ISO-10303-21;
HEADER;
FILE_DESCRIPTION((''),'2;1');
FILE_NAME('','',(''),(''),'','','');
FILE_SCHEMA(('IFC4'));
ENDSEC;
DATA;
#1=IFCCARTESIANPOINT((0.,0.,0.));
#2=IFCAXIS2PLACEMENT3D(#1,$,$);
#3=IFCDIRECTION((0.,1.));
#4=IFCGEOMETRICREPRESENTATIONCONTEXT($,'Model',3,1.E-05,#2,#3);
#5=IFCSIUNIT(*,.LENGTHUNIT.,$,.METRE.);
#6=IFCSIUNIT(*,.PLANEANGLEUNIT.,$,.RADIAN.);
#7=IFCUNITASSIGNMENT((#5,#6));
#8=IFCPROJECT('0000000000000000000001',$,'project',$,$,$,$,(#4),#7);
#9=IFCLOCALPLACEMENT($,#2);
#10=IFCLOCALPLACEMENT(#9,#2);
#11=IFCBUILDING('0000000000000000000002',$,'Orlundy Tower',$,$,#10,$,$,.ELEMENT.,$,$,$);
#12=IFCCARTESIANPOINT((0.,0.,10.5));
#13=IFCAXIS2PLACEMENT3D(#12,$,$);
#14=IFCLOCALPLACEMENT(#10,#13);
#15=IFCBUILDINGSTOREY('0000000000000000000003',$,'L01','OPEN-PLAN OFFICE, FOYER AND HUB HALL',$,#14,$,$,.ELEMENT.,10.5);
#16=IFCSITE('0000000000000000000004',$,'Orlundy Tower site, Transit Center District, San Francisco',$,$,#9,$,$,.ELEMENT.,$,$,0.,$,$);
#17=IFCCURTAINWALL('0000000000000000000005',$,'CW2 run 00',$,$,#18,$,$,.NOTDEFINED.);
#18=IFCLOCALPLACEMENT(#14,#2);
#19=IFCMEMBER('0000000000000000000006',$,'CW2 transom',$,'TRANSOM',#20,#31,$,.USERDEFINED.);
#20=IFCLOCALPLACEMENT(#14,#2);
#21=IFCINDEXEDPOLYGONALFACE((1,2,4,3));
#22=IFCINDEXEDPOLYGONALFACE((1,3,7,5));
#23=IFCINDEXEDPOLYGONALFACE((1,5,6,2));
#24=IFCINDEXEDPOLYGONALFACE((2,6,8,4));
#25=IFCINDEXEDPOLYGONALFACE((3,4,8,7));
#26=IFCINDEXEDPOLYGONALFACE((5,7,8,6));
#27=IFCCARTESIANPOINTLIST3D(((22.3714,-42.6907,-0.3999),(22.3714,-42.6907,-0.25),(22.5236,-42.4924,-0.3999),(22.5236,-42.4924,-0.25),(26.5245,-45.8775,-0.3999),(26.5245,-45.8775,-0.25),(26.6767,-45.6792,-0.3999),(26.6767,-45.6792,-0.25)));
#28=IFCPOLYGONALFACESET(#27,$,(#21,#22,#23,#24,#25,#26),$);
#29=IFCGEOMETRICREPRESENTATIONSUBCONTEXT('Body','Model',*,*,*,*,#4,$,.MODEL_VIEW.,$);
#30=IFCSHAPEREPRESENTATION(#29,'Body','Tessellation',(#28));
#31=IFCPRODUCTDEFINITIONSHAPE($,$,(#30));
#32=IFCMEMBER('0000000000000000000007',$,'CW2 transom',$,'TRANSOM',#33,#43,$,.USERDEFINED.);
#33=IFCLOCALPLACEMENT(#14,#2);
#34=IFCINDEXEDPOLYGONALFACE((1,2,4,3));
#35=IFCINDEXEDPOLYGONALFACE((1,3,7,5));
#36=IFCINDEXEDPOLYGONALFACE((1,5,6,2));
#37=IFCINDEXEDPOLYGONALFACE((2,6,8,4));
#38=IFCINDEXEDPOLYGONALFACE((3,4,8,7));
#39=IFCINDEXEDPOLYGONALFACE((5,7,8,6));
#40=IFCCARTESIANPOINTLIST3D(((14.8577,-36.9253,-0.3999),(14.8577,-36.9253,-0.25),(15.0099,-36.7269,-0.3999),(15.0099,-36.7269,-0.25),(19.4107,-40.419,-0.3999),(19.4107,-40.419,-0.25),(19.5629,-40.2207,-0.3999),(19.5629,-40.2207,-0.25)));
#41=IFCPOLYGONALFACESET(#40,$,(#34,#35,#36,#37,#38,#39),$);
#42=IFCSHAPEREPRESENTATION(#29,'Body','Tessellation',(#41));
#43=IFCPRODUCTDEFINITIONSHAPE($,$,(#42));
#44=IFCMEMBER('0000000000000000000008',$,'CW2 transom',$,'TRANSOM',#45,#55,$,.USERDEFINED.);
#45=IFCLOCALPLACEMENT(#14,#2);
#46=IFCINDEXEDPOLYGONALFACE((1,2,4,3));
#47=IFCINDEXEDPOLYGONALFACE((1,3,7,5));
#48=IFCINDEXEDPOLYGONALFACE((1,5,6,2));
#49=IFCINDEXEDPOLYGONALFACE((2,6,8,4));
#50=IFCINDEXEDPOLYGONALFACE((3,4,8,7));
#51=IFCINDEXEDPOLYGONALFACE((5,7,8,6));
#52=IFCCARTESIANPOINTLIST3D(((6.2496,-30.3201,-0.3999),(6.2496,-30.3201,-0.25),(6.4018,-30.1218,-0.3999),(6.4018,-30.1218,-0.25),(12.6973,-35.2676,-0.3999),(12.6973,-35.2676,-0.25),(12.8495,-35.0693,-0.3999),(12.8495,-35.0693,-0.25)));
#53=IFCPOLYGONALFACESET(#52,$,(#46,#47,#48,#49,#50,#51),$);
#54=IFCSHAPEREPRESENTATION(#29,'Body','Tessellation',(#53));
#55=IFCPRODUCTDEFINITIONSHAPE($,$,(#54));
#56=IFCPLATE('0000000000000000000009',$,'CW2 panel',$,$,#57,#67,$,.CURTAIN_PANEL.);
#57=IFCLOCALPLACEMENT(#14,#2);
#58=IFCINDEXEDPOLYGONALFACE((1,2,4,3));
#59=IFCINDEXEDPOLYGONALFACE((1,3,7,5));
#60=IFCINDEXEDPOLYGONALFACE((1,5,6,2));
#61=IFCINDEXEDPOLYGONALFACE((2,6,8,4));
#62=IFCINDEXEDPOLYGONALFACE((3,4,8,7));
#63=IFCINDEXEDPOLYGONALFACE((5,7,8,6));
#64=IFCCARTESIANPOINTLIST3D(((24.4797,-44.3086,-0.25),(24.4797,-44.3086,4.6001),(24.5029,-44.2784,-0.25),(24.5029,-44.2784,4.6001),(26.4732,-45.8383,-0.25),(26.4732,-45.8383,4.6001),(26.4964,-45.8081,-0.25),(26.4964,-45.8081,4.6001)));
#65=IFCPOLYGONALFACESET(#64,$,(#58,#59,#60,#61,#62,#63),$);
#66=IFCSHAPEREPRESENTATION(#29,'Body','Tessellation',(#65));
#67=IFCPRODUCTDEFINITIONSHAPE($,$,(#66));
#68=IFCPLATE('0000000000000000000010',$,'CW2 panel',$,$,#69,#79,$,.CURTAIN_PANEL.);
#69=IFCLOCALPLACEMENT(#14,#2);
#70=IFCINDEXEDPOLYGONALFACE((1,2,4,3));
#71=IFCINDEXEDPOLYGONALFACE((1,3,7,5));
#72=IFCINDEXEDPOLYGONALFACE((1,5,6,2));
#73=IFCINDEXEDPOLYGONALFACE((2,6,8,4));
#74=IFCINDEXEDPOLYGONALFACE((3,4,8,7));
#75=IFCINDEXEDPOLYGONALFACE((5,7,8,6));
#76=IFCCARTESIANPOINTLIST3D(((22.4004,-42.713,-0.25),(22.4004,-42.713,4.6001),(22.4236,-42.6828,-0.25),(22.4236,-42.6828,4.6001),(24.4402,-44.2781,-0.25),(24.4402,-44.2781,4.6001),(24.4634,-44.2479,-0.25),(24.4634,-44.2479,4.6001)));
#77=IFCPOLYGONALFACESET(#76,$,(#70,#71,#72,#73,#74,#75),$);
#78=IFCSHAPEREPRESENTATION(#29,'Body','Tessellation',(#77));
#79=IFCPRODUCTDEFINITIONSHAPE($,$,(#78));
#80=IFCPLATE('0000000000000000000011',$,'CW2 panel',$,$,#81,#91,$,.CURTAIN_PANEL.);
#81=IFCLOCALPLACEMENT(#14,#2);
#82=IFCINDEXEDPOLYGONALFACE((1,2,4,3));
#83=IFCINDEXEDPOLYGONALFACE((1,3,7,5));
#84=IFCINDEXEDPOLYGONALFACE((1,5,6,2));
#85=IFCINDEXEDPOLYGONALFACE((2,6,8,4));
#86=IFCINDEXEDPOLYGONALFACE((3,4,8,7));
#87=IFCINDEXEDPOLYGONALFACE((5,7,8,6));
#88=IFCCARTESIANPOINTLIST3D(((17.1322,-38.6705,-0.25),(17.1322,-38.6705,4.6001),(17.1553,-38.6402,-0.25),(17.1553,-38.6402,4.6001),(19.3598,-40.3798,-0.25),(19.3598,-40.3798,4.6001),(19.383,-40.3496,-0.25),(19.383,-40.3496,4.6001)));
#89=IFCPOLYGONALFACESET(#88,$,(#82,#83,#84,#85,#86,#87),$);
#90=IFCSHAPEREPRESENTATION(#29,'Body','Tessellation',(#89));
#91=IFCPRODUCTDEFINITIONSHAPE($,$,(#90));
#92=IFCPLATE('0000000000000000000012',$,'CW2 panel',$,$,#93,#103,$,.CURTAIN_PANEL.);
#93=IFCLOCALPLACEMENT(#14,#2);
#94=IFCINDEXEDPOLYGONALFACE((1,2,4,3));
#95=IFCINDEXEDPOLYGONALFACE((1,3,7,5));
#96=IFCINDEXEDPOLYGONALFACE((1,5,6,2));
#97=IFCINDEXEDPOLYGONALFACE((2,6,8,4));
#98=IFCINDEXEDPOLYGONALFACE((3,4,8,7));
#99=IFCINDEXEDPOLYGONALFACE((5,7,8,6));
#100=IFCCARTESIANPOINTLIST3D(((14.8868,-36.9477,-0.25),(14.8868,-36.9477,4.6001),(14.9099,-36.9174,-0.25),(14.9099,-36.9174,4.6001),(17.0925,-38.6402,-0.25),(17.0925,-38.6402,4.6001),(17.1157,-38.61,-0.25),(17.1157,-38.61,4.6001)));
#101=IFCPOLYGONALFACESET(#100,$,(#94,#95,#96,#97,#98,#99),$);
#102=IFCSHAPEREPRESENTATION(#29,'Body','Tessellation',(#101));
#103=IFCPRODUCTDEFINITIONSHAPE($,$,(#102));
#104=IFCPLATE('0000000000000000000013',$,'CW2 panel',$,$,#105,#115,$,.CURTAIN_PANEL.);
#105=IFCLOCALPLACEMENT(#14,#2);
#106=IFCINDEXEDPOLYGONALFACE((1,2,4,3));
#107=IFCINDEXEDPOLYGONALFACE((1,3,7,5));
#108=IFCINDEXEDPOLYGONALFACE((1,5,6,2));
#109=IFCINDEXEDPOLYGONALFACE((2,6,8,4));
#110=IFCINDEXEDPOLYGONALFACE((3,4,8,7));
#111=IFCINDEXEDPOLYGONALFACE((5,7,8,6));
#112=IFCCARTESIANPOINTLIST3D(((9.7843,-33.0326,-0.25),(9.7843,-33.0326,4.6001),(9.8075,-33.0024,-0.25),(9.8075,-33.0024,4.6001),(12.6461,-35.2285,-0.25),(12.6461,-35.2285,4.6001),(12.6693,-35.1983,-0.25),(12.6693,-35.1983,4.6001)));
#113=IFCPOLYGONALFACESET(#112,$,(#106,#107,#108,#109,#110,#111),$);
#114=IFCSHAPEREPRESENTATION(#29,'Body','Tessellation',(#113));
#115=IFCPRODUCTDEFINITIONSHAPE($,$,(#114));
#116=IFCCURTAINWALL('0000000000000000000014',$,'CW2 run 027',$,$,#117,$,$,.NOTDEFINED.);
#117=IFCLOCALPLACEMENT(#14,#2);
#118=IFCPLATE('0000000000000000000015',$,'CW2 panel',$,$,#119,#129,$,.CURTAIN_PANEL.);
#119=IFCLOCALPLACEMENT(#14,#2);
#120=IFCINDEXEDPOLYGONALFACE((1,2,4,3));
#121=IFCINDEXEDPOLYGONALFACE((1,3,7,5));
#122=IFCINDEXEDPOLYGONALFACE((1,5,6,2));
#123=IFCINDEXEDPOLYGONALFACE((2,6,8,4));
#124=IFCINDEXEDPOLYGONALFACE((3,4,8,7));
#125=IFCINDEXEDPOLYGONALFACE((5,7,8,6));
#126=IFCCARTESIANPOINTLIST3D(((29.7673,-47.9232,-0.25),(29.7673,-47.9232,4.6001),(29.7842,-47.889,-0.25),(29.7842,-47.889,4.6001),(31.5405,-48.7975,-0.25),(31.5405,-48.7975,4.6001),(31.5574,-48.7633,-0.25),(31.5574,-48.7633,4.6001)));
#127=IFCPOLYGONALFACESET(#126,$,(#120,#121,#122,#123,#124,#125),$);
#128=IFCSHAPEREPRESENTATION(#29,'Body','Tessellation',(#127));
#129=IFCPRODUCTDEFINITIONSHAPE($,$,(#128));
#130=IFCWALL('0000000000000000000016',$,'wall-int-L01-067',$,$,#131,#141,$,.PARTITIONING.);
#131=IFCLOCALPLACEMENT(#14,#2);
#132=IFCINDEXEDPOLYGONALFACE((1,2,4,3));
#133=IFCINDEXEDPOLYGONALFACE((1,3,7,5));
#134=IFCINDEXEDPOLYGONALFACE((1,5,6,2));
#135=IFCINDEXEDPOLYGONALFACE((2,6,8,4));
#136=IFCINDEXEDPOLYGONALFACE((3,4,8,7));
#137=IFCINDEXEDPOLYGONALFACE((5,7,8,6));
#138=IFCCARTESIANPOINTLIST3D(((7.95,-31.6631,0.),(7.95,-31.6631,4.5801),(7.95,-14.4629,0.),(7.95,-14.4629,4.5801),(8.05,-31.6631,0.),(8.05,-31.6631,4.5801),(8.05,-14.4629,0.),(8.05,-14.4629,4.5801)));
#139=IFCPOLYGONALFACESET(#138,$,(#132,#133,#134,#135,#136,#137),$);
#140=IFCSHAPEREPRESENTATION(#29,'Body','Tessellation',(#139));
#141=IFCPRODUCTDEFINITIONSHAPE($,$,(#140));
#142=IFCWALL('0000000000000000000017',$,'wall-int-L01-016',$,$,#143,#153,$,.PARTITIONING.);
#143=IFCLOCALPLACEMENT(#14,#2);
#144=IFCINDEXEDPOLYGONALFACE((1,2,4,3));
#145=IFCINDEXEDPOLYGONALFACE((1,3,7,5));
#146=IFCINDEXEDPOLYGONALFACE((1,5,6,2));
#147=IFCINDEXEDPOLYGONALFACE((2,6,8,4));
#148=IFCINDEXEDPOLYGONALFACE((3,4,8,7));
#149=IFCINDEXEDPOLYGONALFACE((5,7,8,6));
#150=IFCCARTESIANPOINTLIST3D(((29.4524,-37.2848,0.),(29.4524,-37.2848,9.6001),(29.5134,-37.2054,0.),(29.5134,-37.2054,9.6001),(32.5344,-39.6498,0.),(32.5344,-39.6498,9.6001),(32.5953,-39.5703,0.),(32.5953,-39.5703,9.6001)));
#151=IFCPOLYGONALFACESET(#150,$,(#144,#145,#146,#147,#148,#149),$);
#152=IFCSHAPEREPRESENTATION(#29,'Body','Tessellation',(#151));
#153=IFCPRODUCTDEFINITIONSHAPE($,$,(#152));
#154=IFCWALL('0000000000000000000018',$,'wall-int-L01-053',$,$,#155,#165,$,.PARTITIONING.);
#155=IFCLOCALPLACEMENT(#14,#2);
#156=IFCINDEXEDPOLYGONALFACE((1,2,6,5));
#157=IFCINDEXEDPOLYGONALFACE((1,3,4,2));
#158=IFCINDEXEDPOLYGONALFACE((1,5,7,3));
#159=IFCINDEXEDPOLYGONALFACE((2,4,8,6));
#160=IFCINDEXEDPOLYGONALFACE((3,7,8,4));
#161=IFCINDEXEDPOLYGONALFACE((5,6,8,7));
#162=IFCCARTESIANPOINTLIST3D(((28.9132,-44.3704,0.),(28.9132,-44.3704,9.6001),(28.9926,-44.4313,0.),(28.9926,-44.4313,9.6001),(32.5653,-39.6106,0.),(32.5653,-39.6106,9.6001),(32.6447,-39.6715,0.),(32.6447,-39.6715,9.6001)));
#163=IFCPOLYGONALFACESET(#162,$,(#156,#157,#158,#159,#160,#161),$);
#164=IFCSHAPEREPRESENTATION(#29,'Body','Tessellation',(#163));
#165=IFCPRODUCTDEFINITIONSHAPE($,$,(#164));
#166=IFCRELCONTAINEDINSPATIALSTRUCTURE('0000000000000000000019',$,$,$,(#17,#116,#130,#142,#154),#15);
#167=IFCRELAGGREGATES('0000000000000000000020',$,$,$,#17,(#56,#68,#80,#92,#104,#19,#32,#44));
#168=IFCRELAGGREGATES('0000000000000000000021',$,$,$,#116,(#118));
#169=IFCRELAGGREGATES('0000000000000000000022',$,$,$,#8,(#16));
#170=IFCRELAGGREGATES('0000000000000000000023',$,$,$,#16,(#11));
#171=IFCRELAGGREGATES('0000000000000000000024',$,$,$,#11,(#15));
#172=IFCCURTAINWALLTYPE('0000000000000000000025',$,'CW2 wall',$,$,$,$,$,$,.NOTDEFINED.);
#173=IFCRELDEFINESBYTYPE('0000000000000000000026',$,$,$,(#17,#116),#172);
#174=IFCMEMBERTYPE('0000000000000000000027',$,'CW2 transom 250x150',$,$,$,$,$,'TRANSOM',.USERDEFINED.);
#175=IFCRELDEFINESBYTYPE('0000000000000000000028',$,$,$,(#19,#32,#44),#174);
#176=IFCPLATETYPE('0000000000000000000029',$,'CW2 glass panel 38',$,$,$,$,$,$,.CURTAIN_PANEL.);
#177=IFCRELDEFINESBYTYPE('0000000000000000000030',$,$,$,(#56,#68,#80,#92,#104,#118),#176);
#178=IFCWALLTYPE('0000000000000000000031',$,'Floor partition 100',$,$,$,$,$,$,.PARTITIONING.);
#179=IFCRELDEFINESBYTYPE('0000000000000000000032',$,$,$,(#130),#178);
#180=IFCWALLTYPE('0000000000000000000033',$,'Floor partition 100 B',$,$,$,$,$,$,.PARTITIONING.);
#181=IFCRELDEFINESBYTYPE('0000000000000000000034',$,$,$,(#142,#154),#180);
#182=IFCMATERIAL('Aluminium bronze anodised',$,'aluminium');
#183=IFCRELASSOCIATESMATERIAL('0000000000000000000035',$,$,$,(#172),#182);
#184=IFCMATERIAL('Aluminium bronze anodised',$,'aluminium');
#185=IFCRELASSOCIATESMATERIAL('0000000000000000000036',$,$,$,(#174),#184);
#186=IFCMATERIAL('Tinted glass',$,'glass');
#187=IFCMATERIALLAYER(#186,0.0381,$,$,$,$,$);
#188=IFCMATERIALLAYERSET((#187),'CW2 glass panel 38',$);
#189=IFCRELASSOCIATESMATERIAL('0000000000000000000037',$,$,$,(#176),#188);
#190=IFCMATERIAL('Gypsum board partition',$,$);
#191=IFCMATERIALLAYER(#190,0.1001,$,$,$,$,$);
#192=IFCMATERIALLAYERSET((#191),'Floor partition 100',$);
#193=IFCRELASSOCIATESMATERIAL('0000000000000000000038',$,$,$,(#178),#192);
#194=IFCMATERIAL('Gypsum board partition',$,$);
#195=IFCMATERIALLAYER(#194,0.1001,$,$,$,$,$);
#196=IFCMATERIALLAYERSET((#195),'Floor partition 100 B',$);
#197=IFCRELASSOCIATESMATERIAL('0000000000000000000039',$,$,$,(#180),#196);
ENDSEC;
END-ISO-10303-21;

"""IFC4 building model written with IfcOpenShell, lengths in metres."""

from ifc_helpers import new_model, si_unit, direction, frame, frame_2d, origin, origin_2d, place, context, subcontext, project, spatial, rectangle, extrude, material, layer, layer_set, material_profile, profile_set, type_object, element, aggregate, save


model = new_model("IFC4")

# Units and contexts
model_context = context("Model", 3, precision=1e-05, world=origin(), true_north=direction((0.0, 1.0)))
body_context = subcontext(model_context, "Body", "Model", "MODEL_VIEW")
ifc_project = project(units=[si_unit("LENGTHUNIT", "METRE"), si_unit("PLANEANGLEUNIT", "RADIAN")], contexts=[model_context])

# Site, building, storey
site_placement = place(None, origin())
site = spatial("IfcSite", under=ifc_project, at=site_placement, Name="Orlundy Tower site, Transit Center District, San Francisco", CompositionType="ELEMENT", RefElevation=0.0)
building_placement = place(site_placement, origin())
building = spatial("IfcBuilding", under=site, at=building_placement, Name="Orlundy Tower", CompositionType="ELEMENT")
storey_placement = place(building_placement, frame((0.0, 0.0, 10.5)))
storey = spatial("IfcBuildingStorey", under=building, at=storey_placement, Name="L01", Description="OPEN-PLAN OFFICE, FOYER AND HUB HALL", CompositionType="ELEMENT", Elevation=10.5)

# Curtain wall, members, plates
ifc_material_1 = material(Name="Aluminium bronze anodised", Category="aluminium")
curtain_wall_type = type_object("IfcCurtainWallType", Name="CW2 wall", PredefinedType="NOTDEFINED", material=ifc_material_1)
curtain_wall_1_placement = place(storey_placement, origin())
curtain_wall_1 = element("IfcCurtainWall", 1, at=curtain_wall_1_placement, inside=storey, type_object=curtain_wall_type, Name="CW2 run 00", PredefinedType="NOTDEFINED")
ifc_material_2 = material(Name="Aluminium bronze anodised", Category="aluminium")
ifc_material_profile_1 = material_profile(ifc_material_2, rectangle(XDim=0.25, YDim=0.1499, at=origin_2d()), Name="CW2 transom 250x150")
ifc_profile_set_1 = profile_set([ifc_material_profile_1], Name="Aluminium bronze anodised")
member_type_1 = type_object("IfcMemberType", Name="CW2 transom 250x150", ElementType="TRANSOM", PredefinedType="USERDEFINED", material=ifc_profile_set_1)
member_1_placement = place(storey_placement, frame((26.6006, -45.7783, -0.325), z_axis=(-0.793353, 0.608761, 0.0), x_axis=(-0.608761, -0.793353, 0.0)))
member_1 = element("IfcMember", 2, at=member_1_placement, type_object=member_type_1, Name="CW2 transom", ObjectType="TRANSOM", PredefinedType="USERDEFINED", context=body_context, shape_type="SweptSolid", body=[
    extrude(rectangle(XDim=0.25, YDim=0.1499, at=origin_2d()), origin(), (0.0, 0.0, 1.0), 5.2349),
])
member_2_placement = place(storey_placement, frame((19.4868, -40.3198, -0.325), z_axis=(-0.793351, 0.608765, 0.0), x_axis=(-0.608765, -0.793351, 0.0)))
member_2 = element("IfcMember", 3, at=member_2_placement, type_object=member_type_1, Name="CW2 transom", ObjectType="TRANSOM", PredefinedType="USERDEFINED", context=body_context, shape_type="SweptSolid", body=[
    extrude(rectangle(XDim=0.25, YDim=0.1499, at=origin_2d()), origin(), (0.0, 0.0, 1.0), 5.739),
])
member_3_placement = place(storey_placement, frame((12.7734, -35.1685, -0.325), z_axis=(-0.793355, 0.608759, 0.0), x_axis=(-0.608759, -0.793355, 0.0)))
member_3 = element("IfcMember", 4, at=member_3_placement, type_object=member_type_1, Name="CW2 transom", ObjectType="TRANSOM", PredefinedType="USERDEFINED", context=body_context, shape_type="SweptSolid", body=[
    extrude(rectangle(XDim=0.25, YDim=0.1499, at=origin_2d()), origin(), (0.0, 0.0, 1.0), 8.1272),
])
ifc_material_3 = material(Name="Tinted glass", Category="glass")
ifc_layer_1 = layer(ifc_material_3, 0.0381)
ifc_layer_set_1 = layer_set([ifc_layer_1], Name="CW2 glass panel 38")
plate_type = type_object("IfcPlateType", Name="CW2 glass panel 38", PredefinedType="CURTAIN_PANEL", material=ifc_layer_set_1)
plate_1_placement = place(storey_placement, frame((25.488, -45.0583, -0.25), z_axis=(0.0, 0.0, 1.0), x_axis=(-0.793357, 0.608757, 0.0)))
plate_1 = element("IfcPlate", 5, at=plate_1_placement, type_object=plate_type, Name="CW2 panel", PredefinedType="CURTAIN_PANEL", context=body_context, shape_type="SweptSolid", body=[
    extrude(rectangle(XDim=2.5127, YDim=0.0381, at=origin_2d()), origin(), (0.0, 0.0, 1.0), 4.8501),
])
plate_2_placement = place(storey_placement, frame((23.4319, -43.4805, -0.25), z_axis=(0.0, 0.0, 1.0), x_axis=(-0.793357, 0.608757, 0.0)))
plate_2 = element("IfcPlate", 6, at=plate_2_placement, type_object=plate_type, Name="CW2 panel", PredefinedType="CURTAIN_PANEL", context=body_context, shape_type="SweptSolid", body=[
    extrude(rectangle(XDim=2.571, YDim=0.0381, at=origin_2d()), origin(), (0.0, 0.0, 1.0), 4.8501),
])
plate_3_placement = place(storey_placement, frame((18.2576, -39.51, -0.25), z_axis=(0.0, 0.0, 1.0), x_axis=(-0.793357, 0.608757, 0.0)))
plate_3 = element("IfcPlate", 7, at=plate_3_placement, type_object=plate_type, Name="CW2 panel", PredefinedType="CURTAIN_PANEL", context=body_context, shape_type="SweptSolid", body=[
    extrude(rectangle(XDim=2.8079, YDim=0.0381, at=origin_2d()), origin(), (0.0, 0.0, 1.0), 4.8501),
])
plate_4_placement = place(storey_placement, frame((16.0012, -37.7788, -0.25), z_axis=(0.0, 0.0, 1.0), x_axis=(-0.793357, 0.608757, 0.0)))
plate_4 = element("IfcPlate", 8, at=plate_4_placement, type_object=plate_type, Name="CW2 panel", PredefinedType="CURTAIN_PANEL", context=body_context, shape_type="SweptSolid", body=[
    extrude(rectangle(XDim=2.7803, YDim=0.0381, at=origin_2d()), origin(), (0.0, 0.0, 1.0), 4.8501),
])
plate_5_placement = place(storey_placement, frame((11.2268, -34.1155, -0.25), z_axis=(0.0, 0.0, 1.0), x_axis=(-0.793357, 0.608757, 0.0)))
plate_5 = element("IfcPlate", 9, at=plate_5_placement, type_object=plate_type, Name="CW2 panel", PredefinedType="CURTAIN_PANEL", context=body_context, shape_type="SweptSolid", body=[
    extrude(rectangle(XDim=3.6072, YDim=0.0381, at=origin_2d()), origin(), (0.0, 0.0, 1.0), 4.8501),
])
aggregate(curtain_wall_1, [plate_1, plate_2, plate_3, plate_4, plate_5, member_1, member_2, member_3])

# Curtain wall, plate
curtain_wall_2_placement = place(storey_placement, origin())
curtain_wall_2 = element("IfcCurtainWall", 10, at=curtain_wall_2_placement, inside=storey, type_object=curtain_wall_type, Name="CW2 run 027", PredefinedType="NOTDEFINED")
plate_6_placement = place(storey_placement, frame((30.6624, -48.3433, -0.25), z_axis=(0.0, 0.0, 1.0), x_axis=(-0.896896, 0.442242, 0.0)))
plate_6 = element("IfcPlate", 11, at=plate_6_placement, type_object=plate_type, Name="CW2 panel", PredefinedType="CURTAIN_PANEL", context=body_context, shape_type="SweptSolid", body=[
    extrude(rectangle(XDim=1.9771, YDim=0.0381, at=origin_2d()), origin(), (0.0, 0.0, 1.0), 4.8501),
])
aggregate(curtain_wall_2, [plate_6])

# Walls
ifc_material_4 = material(Name="Gypsum board partition")
ifc_layer_2 = layer(ifc_material_4, 0.1001)
ifc_layer_set_2 = layer_set([ifc_layer_2], Name="Floor partition 100")
wall_type_1 = type_object("IfcWallType", Name="Floor partition 100", PredefinedType="PARTITIONING", material=ifc_layer_set_2)
wall_1_placement = place(storey_placement, frame((8.0, -31.6631, 0.0), z_axis=(0.0, 0.0, 1.0), x_axis=(0.0, 1.0, 0.0)))
element("IfcWall", 12, at=wall_1_placement, inside=storey, type_object=wall_type_1, Name="wall-int-L01-067", PredefinedType="PARTITIONING", context=body_context, shape_type="SweptSolid", body=[
    extrude(rectangle(XDim=17.2002, YDim=0.1001, at=frame_2d((8.6001, 0.0))), origin(), (0.0, 0.0, 1.0), 4.5801),
])
ifc_material_5 = material(Name="Gypsum board partition")
ifc_layer_3 = layer(ifc_material_5, 0.1001)
ifc_layer_set_3 = layer_set([ifc_layer_3], Name="Floor partition 100 B")
wall_type_2 = type_object("IfcWallType", Name="Floor partition 100 B", PredefinedType="PARTITIONING", material=ifc_layer_set_3)
wall_2_placement = place(storey_placement, frame((29.4829, -37.2451, 0.0), z_axis=(0.0, 0.0, 1.0), x_axis=(0.793345, -0.608772, 0.0)))
element("IfcWall", 13, at=wall_2_placement, inside=storey, type_object=wall_type_2, Name="wall-int-L01-016", PredefinedType="PARTITIONING", context=body_context, shape_type="SweptSolid", body=[
    extrude(rectangle(XDim=3.8848, YDim=0.1001, at=frame_2d((1.9424, 0.0))), origin(), (0.0, 0.0, 1.0), 9.6001),
])
wall_3_placement = place(storey_placement, frame((28.9529, -44.4009, 0.0), z_axis=(0.0, 0.0, 1.0), x_axis=(0.608741, 0.793369, 0.0)))
element("IfcWall", 14, at=wall_3_placement, inside=storey, type_object=wall_type_2, Name="wall-int-L01-053", PredefinedType="PARTITIONING", context=body_context, shape_type="SweptSolid", body=[
    extrude(rectangle(XDim=5.9995, YDim=0.1001, at=frame_2d((2.9998, 0.0))), origin(), (0.0, 0.0, 1.0), 9.6001),
])

save(model, "model.ifc")
